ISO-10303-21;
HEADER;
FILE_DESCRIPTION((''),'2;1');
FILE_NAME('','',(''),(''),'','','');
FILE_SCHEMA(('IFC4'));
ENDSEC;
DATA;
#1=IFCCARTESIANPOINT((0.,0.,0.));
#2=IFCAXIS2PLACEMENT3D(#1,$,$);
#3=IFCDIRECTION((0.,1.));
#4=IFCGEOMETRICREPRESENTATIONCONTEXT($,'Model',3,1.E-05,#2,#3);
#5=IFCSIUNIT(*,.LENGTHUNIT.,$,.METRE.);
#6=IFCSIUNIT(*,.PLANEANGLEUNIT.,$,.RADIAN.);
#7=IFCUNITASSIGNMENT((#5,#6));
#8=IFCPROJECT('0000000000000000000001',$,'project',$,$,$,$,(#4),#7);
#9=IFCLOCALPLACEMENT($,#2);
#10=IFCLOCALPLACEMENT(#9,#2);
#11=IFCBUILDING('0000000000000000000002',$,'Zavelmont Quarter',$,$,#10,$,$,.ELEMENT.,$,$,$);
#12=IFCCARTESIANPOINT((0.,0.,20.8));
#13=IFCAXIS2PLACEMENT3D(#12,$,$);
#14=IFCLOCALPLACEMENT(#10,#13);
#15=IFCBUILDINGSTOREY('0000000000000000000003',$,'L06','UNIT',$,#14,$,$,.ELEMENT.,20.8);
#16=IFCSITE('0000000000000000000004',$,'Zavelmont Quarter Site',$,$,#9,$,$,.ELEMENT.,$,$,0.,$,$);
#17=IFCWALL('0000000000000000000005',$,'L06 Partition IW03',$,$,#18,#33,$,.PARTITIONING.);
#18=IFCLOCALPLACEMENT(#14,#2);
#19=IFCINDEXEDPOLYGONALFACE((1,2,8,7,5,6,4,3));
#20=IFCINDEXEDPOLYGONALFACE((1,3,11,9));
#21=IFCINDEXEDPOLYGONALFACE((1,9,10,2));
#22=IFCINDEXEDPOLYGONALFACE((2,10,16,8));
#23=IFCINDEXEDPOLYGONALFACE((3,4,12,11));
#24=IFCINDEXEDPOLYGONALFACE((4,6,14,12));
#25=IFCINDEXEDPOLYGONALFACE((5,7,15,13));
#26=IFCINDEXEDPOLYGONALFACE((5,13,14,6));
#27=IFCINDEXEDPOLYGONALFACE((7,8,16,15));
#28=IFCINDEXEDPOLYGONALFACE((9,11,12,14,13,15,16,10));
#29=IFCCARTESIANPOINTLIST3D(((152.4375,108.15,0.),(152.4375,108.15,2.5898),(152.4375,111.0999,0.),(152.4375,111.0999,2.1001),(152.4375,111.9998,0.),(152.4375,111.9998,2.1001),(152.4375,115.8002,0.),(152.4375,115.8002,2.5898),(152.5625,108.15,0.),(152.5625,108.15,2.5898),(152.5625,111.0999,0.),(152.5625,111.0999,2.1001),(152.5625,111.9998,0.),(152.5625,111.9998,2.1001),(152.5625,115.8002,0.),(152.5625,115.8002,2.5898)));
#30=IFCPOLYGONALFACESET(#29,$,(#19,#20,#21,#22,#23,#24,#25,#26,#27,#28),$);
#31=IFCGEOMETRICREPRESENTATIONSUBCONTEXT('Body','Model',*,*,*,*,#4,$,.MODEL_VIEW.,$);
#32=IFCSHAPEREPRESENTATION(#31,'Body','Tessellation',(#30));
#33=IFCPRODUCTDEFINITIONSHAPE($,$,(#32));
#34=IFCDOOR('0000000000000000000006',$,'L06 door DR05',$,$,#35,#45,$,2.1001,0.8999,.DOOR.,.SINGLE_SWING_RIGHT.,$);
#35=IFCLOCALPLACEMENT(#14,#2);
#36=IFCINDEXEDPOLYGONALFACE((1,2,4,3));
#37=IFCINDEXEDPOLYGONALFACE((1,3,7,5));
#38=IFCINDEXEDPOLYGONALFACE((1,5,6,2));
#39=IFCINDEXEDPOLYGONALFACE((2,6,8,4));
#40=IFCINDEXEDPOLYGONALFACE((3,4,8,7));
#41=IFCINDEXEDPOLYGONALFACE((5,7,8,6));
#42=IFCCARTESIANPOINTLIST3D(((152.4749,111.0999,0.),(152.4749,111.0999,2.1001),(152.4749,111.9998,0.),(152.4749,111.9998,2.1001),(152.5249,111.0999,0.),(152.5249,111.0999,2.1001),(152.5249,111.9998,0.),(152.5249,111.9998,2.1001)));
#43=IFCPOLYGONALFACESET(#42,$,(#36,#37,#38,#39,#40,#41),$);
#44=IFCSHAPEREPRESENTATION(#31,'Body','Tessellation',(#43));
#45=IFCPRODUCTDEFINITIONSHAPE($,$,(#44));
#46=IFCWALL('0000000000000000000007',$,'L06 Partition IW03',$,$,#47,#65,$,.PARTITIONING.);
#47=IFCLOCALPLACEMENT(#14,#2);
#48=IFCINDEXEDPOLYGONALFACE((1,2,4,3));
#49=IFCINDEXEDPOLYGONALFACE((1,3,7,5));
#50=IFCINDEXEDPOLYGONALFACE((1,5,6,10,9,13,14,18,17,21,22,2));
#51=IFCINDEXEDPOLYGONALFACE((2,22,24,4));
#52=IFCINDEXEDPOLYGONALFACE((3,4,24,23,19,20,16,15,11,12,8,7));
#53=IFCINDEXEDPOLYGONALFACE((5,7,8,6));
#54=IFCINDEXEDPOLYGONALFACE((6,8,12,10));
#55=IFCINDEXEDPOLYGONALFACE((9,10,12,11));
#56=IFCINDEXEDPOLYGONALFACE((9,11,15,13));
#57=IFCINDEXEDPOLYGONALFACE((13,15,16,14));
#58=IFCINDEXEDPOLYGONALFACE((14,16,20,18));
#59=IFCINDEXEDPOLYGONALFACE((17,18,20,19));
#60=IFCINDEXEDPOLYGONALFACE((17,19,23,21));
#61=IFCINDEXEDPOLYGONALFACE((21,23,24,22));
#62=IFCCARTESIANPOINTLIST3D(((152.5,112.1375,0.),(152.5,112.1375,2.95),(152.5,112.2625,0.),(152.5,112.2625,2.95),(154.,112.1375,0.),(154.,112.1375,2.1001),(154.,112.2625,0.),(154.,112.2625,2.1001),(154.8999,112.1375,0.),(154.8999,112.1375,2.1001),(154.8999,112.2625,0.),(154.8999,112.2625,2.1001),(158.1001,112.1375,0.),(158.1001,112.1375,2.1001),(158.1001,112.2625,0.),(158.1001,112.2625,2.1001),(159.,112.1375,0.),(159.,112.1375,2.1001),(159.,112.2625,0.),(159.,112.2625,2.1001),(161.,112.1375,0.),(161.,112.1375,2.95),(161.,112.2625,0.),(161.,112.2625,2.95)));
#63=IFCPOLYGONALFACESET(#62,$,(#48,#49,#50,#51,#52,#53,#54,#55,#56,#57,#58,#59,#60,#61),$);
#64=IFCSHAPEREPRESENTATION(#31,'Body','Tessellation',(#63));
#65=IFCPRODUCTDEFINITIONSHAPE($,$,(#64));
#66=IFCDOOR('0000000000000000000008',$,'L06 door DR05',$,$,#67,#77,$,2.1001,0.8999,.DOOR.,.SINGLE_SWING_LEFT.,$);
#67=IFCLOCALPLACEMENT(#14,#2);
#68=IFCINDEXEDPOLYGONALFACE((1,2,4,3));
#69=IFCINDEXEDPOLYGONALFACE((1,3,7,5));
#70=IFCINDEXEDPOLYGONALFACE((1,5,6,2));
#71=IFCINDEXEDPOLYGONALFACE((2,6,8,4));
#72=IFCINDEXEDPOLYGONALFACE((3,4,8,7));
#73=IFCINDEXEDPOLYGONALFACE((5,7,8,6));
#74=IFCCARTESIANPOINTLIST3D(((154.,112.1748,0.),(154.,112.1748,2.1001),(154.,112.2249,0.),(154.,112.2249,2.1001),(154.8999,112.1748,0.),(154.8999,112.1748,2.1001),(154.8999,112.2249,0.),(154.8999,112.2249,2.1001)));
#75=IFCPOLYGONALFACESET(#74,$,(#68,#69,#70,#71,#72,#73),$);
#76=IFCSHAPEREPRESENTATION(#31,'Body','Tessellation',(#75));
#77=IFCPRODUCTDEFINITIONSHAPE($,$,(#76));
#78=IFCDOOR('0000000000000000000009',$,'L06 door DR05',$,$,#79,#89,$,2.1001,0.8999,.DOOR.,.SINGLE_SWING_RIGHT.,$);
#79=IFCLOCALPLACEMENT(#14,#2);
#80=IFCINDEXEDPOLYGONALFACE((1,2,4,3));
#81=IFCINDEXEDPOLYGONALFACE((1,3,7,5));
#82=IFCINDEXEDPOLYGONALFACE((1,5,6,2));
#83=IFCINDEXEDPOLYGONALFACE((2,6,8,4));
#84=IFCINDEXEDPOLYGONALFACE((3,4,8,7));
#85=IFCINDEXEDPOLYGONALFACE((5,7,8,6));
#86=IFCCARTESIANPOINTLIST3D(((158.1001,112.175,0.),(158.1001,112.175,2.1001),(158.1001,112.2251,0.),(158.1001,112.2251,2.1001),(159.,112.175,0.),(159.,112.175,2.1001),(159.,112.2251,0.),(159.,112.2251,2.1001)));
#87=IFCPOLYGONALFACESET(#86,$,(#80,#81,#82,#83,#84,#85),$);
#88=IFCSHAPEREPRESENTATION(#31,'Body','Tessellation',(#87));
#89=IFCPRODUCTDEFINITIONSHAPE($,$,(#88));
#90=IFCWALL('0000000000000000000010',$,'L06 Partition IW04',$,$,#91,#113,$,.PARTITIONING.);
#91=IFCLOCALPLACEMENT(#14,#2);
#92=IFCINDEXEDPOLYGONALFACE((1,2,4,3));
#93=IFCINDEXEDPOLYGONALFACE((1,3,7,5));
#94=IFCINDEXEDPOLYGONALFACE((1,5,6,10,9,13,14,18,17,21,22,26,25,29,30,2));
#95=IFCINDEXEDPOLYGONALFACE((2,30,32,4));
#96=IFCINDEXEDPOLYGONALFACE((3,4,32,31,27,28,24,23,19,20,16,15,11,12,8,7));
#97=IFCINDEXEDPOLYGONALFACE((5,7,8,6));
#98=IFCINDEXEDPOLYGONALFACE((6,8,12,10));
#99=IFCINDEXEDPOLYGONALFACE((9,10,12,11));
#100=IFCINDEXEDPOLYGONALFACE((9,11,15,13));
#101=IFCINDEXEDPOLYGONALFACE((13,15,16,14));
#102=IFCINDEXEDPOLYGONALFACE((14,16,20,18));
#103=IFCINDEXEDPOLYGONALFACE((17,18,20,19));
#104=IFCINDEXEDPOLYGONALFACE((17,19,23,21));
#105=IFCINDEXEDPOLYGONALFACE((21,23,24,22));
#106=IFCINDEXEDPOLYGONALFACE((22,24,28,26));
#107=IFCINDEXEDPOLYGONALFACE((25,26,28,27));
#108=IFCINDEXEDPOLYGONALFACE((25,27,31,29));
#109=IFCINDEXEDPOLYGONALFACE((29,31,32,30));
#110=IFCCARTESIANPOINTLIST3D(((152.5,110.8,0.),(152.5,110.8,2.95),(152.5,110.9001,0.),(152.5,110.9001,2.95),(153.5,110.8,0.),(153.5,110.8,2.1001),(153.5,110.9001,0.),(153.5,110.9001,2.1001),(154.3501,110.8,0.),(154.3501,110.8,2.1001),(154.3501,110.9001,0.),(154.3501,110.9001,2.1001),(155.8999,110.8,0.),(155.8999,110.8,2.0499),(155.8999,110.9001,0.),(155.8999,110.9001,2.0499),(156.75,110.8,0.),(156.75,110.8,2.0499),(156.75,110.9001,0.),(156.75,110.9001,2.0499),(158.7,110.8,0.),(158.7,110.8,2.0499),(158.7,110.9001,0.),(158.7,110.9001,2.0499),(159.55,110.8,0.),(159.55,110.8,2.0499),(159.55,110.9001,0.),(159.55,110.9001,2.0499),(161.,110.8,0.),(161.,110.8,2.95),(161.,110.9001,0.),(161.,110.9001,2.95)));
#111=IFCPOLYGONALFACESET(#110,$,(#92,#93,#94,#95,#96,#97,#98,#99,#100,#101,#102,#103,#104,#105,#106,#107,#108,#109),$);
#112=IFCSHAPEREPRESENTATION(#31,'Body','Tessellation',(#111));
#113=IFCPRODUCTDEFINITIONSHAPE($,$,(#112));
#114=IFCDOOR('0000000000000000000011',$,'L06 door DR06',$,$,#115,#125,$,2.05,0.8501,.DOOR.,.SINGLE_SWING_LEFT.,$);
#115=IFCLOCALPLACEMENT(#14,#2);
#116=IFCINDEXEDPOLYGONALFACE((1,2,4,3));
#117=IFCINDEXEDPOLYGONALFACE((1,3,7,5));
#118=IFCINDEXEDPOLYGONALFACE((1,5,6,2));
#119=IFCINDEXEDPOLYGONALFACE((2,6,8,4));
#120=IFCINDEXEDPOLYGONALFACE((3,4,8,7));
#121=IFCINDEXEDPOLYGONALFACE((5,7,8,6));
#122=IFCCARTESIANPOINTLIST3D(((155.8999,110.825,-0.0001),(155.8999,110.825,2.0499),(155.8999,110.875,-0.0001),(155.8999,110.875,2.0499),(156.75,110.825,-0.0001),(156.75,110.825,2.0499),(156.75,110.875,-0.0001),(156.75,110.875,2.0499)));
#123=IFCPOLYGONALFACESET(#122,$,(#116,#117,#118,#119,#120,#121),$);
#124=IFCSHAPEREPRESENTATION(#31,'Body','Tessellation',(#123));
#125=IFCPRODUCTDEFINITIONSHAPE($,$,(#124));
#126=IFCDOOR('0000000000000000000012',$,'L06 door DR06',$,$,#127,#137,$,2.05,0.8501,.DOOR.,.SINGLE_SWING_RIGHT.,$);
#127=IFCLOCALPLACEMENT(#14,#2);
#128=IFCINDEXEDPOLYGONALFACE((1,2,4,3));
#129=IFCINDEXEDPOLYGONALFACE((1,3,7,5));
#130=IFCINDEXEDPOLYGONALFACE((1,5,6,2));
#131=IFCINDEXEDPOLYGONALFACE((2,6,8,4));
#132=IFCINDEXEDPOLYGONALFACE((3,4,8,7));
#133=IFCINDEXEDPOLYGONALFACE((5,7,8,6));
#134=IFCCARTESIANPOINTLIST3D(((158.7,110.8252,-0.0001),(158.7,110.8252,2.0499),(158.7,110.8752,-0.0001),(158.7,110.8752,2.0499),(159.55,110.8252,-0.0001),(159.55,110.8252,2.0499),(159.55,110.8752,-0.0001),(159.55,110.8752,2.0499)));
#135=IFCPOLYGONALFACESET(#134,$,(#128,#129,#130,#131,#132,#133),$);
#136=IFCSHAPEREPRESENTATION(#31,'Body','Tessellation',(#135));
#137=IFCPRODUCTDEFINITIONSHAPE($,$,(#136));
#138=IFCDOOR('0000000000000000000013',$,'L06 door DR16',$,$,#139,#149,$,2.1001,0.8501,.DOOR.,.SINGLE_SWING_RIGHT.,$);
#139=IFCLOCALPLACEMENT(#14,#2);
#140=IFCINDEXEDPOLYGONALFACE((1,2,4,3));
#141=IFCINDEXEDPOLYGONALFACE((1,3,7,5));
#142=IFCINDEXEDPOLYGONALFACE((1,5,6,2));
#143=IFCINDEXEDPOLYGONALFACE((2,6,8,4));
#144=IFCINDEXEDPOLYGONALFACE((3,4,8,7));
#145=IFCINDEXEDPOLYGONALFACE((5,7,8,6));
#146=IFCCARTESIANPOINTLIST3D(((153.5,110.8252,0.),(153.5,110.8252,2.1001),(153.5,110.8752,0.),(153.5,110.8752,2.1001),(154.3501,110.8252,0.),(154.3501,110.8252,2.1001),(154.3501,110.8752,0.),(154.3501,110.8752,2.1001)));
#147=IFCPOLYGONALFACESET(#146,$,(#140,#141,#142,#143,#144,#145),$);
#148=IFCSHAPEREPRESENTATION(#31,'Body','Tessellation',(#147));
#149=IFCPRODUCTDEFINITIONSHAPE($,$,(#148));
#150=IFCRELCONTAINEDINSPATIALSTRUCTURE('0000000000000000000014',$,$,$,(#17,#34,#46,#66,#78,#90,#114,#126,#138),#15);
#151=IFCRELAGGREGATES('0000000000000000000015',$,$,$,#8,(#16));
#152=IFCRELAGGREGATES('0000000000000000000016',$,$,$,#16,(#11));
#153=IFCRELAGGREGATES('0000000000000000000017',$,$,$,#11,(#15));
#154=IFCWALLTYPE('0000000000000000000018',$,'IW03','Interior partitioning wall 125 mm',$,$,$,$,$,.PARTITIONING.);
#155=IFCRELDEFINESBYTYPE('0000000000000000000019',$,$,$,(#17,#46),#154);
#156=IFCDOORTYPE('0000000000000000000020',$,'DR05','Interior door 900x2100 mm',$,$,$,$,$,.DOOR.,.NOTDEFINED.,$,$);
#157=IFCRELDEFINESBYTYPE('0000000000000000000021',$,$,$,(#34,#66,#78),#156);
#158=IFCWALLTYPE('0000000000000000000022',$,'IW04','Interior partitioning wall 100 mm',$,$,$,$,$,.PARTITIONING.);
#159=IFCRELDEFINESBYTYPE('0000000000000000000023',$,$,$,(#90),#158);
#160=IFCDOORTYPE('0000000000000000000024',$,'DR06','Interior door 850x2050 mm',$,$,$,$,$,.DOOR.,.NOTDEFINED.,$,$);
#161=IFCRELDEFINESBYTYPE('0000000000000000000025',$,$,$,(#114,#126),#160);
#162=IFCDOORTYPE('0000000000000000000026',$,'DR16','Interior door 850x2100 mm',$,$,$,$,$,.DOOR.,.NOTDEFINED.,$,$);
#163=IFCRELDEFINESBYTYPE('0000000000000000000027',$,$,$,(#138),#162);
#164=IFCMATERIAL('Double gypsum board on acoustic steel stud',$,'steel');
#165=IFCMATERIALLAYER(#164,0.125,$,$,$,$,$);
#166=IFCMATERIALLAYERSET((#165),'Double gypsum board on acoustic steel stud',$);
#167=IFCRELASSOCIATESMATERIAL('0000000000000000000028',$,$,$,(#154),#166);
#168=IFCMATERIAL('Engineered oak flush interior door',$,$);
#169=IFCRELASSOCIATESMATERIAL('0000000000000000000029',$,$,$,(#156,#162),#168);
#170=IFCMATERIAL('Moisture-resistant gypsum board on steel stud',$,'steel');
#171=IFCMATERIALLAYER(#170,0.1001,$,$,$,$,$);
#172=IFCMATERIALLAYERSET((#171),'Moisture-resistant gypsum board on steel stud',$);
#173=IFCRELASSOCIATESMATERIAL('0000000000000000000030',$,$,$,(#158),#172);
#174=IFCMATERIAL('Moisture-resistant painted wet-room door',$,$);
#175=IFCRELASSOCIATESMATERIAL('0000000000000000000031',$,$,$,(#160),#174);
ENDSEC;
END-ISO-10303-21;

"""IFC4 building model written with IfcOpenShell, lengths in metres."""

from ifc_helpers import new_model, si_unit, direction, frame, frame_2d, origin, origin_with_axes, place, context, subcontext, project, spatial, rectangle, extrude, material, layer, layer_set, type_object, element, fill, save


model = new_model("IFC4")

# Units and contexts
model_context = context("Model", 3, precision=1e-05, world=origin(), true_north=direction((0.0, 1.0)))
body_context = subcontext(model_context, "Body", "Model", "MODEL_VIEW")
ifc_project = project(units=[si_unit("LENGTHUNIT", "METRE"), si_unit("PLANEANGLEUNIT", "RADIAN")], contexts=[model_context])

# Site, building, storey
site_placement = place(None, origin())
site = spatial("IfcSite", under=ifc_project, at=site_placement, Name="Zavelmont Quarter Site", CompositionType="ELEMENT", RefElevation=0.0)
building_placement = place(site_placement, origin())
building = spatial("IfcBuilding", under=site, at=building_placement, Name="Zavelmont Quarter", CompositionType="ELEMENT")
storey_placement = place(building_placement, frame((0.0, 0.0, 20.8)))
storey = spatial("IfcBuildingStorey", under=building, at=storey_placement, Name="L06", Description="UNIT", CompositionType="ELEMENT", Elevation=20.8)

# Wall, opening, door
ifc_material_1 = material(Name="Double gypsum board on acoustic steel stud", Category="steel")
ifc_layer_1 = layer(ifc_material_1, 0.125)
ifc_layer_set_1 = layer_set([ifc_layer_1], Name="Double gypsum board on acoustic steel stud")
wall_type_1 = type_object("IfcWallType", Name="IW03", Description="Interior partitioning wall 125 mm", PredefinedType="PARTITIONING", material=ifc_layer_set_1)
wall_1_placement = place(storey_placement, frame((152.5, 108.1499, 0.0), z_axis=(0.0, 0.0, 1.0), x_axis=(0.0, 1.0, 0.0)))
wall_1 = element("IfcWall", 1, at=wall_1_placement, inside=storey, type_object=wall_type_1, Name="L06 Partition IW03", PredefinedType="PARTITIONING", context=body_context, shape_type="SweptSolid", body=[
    extrude(rectangle(XDim=7.6501, YDim=0.125, at=frame_2d((3.8252, 0.0))), origin(), (0.0, 0.0, 1.0), 2.5898),
])
opening_1_placement = place(wall_1_placement, frame((2.95, 0.0, 0.0)))
opening_1 = element("IfcOpeningElement", 2, at=opening_1_placement, cuts=wall_1, PredefinedType="OPENING", context=body_context, shape_type="SweptSolid", body=[
    extrude(rectangle(XDim=0.8999, YDim=2.1001, at=frame_2d((0.45, 1.05))), frame((0.0, 0.0745, 0.0), z_axis=(0.0, -1.0, 0.0), x_axis=(1.0, 0.0, 0.0)), (0.0, 0.0, 1.0), 0.1489),
])
ifc_material_2 = material(Name="Engineered oak flush interior door")
door_type_1 = type_object("IfcDoorType", Name="DR05", Description="Interior door 900x2100 mm", OperationType="NOTDEFINED", PredefinedType="DOOR", material=ifc_material_2)
door_1_placement = place(opening_1_placement, frame((0.8999, 0.0, 0.0), z_axis=(0.0, 0.0, 1.0), x_axis=(-1.0, 0.0, 0.0)))
door_1 = element("IfcDoor", 3, at=door_1_placement, inside=storey, type_object=door_type_1, Name="L06 door DR05", OperationType="SINGLE_SWING_RIGHT", OverallHeight=2.1001, OverallWidth=0.8999, PredefinedType="DOOR", context=body_context, shape_type="SweptSolid", body=[
    extrude(rectangle(XDim=0.8999, YDim=2.1001, at=frame_2d((0.45, 1.05))), frame((0.0, 0.0249, 0.0), z_axis=(0.0, -1.0, 0.0), x_axis=(1.0, 0.0, 0.0)), (0.0, 0.0, 1.0), 0.05),
])
fill(opening_1, door_1)

# Walls, openings, doors
wall_2_placement = place(storey_placement, frame((152.5, 112.2, 0.0), z_axis=(0.0, 0.0, 1.0), x_axis=(1.0, 0.0, 0.0)))
wall_2 = element("IfcWall", 4, at=wall_2_placement, inside=storey, type_object=wall_type_1, Name="L06 Partition IW03", PredefinedType="PARTITIONING", context=body_context, shape_type="SweptSolid", body=[
    extrude(rectangle(XDim=8.5, YDim=0.125, at=frame_2d((4.25, 0.0))), origin(), (0.0, 0.0, 1.0), 2.95),
])
opening_2_placement = place(wall_2_placement, frame((1.5, 0.0, 0.0)))
opening_2 = element("IfcOpeningElement", 5, at=opening_2_placement, cuts=wall_2, PredefinedType="OPENING", context=body_context, shape_type="SweptSolid", body=[
    extrude(rectangle(XDim=0.8999, YDim=2.1001, at=frame_2d((0.45, 1.05))), frame((0.0, 0.0745, 0.0), z_axis=(0.0, -1.0, 0.0), x_axis=(1.0, 0.0, 0.0)), (0.0, 0.0, 1.0), 0.1489),
])
opening_3_placement = place(wall_2_placement, frame((5.6001, 0.0, 0.0)))
opening_3 = element("IfcOpeningElement", 6, at=opening_3_placement, cuts=wall_2, PredefinedType="OPENING", context=body_context, shape_type="SweptSolid", body=[
    extrude(rectangle(XDim=0.8999, YDim=2.1001, at=frame_2d((0.45, 1.05))), frame((0.0, 0.0745, 0.0), z_axis=(0.0, -1.0, 0.0), x_axis=(1.0, 0.0, 0.0)), (0.0, 0.0, 1.0), 0.1489),
])
door_2_placement = place(opening_2_placement, origin_with_axes())
door_2 = element("IfcDoor", 7, at=door_2_placement, inside=storey, type_object=door_type_1, Name="L06 door DR05", OperationType="SINGLE_SWING_LEFT", OverallHeight=2.1001, OverallWidth=0.8999, PredefinedType="DOOR", context=body_context, shape_type="SweptSolid", body=[
    extrude(rectangle(XDim=0.8999, YDim=2.1001, at=frame_2d((0.45, 1.05))), frame((0.0, 0.0249, 0.0), z_axis=(0.0, -1.0, 0.0), x_axis=(1.0, 0.0, 0.0)), (0.0, 0.0, 1.0), 0.05),
])
fill(opening_2, door_2)
door_3_placement = place(opening_3_placement, frame((0.8999, 0.0, 0.0), z_axis=(0.0, 0.0, 1.0), x_axis=(-1.0, 0.0, 0.0)))
door_3 = element("IfcDoor", 8, at=door_3_placement, inside=storey, type_object=door_type_1, Name="L06 door DR05", OperationType="SINGLE_SWING_RIGHT", OverallHeight=2.1001, OverallWidth=0.8999, PredefinedType="DOOR", context=body_context, shape_type="SweptSolid", body=[
    extrude(rectangle(XDim=0.8999, YDim=2.1001, at=frame_2d((0.45, 1.05))), frame((0.0, 0.0249, 0.0), z_axis=(0.0, -1.0, 0.0), x_axis=(1.0, 0.0, 0.0)), (0.0, 0.0, 1.0), 0.05),
])
fill(opening_3, door_3)
ifc_material_3 = material(Name="Moisture-resistant gypsum board on steel stud", Category="steel")
ifc_layer_2 = layer(ifc_material_3, 0.1001)
ifc_layer_set_2 = layer_set([ifc_layer_2], Name="Moisture-resistant gypsum board on steel stud")
wall_type_2 = type_object("IfcWallType", Name="IW04", Description="Interior partitioning wall 100 mm", PredefinedType="PARTITIONING", material=ifc_layer_set_2)
wall_3_placement = place(storey_placement, frame((152.5, 110.8501, 0.0), z_axis=(0.0, 0.0, 1.0), x_axis=(1.0, 0.0, 0.0)))
wall_3 = element("IfcWall", 9, at=wall_3_placement, inside=storey, type_object=wall_type_2, Name="L06 Partition IW04", PredefinedType="PARTITIONING", context=body_context, shape_type="SweptSolid", body=[
    extrude(rectangle(XDim=8.5, YDim=0.1001, at=frame_2d((4.25, 0.0))), origin(), (0.0, 0.0, 1.0), 2.95),
])
opening_4_placement = place(wall_3_placement, frame((1.0, 0.0, 0.0)))
opening_4 = element("IfcOpeningElement", 10, at=opening_4_placement, cuts=wall_3, PredefinedType="OPENING", context=body_context, shape_type="SweptSolid", body=[
    extrude(rectangle(XDim=0.8501, YDim=2.1001, at=frame_2d((0.425, 1.05))), frame((0.0, 0.062, 0.0), z_axis=(0.0, -1.0, 0.0), x_axis=(1.0, 0.0, 0.0)), (0.0, 0.0, 1.0), 0.124),
])
opening_5_placement = place(wall_3_placement, frame((3.3999, 0.0, 0.0)))
opening_5 = element("IfcOpeningElement", 11, at=opening_5_placement, cuts=wall_3, PredefinedType="OPENING", context=body_context, shape_type="SweptSolid", body=[
    extrude(rectangle(XDim=0.8501, YDim=2.05, at=frame_2d((0.425, 1.0249))), frame((0.0, 0.062, 0.0), z_axis=(0.0, -1.0, 0.0), x_axis=(1.0, 0.0, 0.0)), (0.0, 0.0, 1.0), 0.124),
])
opening_6_placement = place(wall_3_placement, frame((6.2, 0.0, 0.0)))
opening_6 = element("IfcOpeningElement", 12, at=opening_6_placement, cuts=wall_3, PredefinedType="OPENING", context=body_context, shape_type="SweptSolid", body=[
    extrude(rectangle(XDim=0.8501, YDim=2.05, at=frame_2d((0.425, 1.0249))), frame((0.0, 0.062, 0.0), z_axis=(0.0, -1.0, 0.0), x_axis=(1.0, 0.0, 0.0)), (0.0, 0.0, 1.0), 0.124),
])
ifc_material_4 = material(Name="Moisture-resistant painted wet-room door")
door_type_2 = type_object("IfcDoorType", Name="DR06", Description="Interior door 850x2050 mm", OperationType="NOTDEFINED", PredefinedType="DOOR", material=ifc_material_4)
door_4_placement = place(opening_5_placement, origin_with_axes())
door_4 = element("IfcDoor", 13, at=door_4_placement, inside=storey, type_object=door_type_2, Name="L06 door DR06", OperationType="SINGLE_SWING_LEFT", OverallHeight=2.05, OverallWidth=0.8501, PredefinedType="DOOR", context=body_context, shape_type="SweptSolid", body=[
    extrude(rectangle(XDim=0.8501, YDim=2.05, at=frame_2d((0.425, 1.0249))), frame((0.0, 0.0249, 0.0), z_axis=(0.0, -1.0, 0.0), x_axis=(1.0, 0.0, 0.0)), (0.0, 0.0, 1.0), 0.05),
])
fill(opening_5, door_4)
door_5_placement = place(opening_6_placement, frame((0.8501, 0.0, 0.0), z_axis=(0.0, 0.0, 1.0), x_axis=(-1.0, 0.0, 0.0)))
door_5 = element("IfcDoor", 14, at=door_5_placement, inside=storey, type_object=door_type_2, Name="L06 door DR06", OperationType="SINGLE_SWING_RIGHT", OverallHeight=2.05, OverallWidth=0.8501, PredefinedType="DOOR", context=body_context, shape_type="SweptSolid", body=[
    extrude(rectangle(XDim=0.8501, YDim=2.05, at=frame_2d((0.425, 1.0249))), frame((0.0, 0.0249, 0.0), z_axis=(0.0, -1.0, 0.0), x_axis=(1.0, 0.0, 0.0)), (0.0, 0.0, 1.0), 0.05),
])
fill(opening_6, door_5)
door_type_3 = type_object("IfcDoorType", Name="DR16", Description="Interior door 850x2100 mm", OperationType="NOTDEFINED", PredefinedType="DOOR", material=ifc_material_2)
door_6_placement = place(opening_4_placement, frame((0.8501, 0.0, 0.0), z_axis=(0.0, 0.0, 1.0), x_axis=(-1.0, 0.0, 0.0)))
door_6 = element("IfcDoor", 15, at=door_6_placement, inside=storey, type_object=door_type_3, Name="L06 door DR16", OperationType="SINGLE_SWING_RIGHT", OverallHeight=2.1001, OverallWidth=0.8501, PredefinedType="DOOR", context=body_context, shape_type="SweptSolid", body=[
    extrude(rectangle(XDim=0.8501, YDim=2.1001, at=frame_2d((0.425, 1.05))), frame((0.0, 0.0249, 0.0), z_axis=(0.0, -1.0, 0.0), x_axis=(1.0, 0.0, 0.0)), (0.0, 0.0, 1.0), 0.05),
])
fill(opening_4, door_6)

save(model, "model.ifc")
